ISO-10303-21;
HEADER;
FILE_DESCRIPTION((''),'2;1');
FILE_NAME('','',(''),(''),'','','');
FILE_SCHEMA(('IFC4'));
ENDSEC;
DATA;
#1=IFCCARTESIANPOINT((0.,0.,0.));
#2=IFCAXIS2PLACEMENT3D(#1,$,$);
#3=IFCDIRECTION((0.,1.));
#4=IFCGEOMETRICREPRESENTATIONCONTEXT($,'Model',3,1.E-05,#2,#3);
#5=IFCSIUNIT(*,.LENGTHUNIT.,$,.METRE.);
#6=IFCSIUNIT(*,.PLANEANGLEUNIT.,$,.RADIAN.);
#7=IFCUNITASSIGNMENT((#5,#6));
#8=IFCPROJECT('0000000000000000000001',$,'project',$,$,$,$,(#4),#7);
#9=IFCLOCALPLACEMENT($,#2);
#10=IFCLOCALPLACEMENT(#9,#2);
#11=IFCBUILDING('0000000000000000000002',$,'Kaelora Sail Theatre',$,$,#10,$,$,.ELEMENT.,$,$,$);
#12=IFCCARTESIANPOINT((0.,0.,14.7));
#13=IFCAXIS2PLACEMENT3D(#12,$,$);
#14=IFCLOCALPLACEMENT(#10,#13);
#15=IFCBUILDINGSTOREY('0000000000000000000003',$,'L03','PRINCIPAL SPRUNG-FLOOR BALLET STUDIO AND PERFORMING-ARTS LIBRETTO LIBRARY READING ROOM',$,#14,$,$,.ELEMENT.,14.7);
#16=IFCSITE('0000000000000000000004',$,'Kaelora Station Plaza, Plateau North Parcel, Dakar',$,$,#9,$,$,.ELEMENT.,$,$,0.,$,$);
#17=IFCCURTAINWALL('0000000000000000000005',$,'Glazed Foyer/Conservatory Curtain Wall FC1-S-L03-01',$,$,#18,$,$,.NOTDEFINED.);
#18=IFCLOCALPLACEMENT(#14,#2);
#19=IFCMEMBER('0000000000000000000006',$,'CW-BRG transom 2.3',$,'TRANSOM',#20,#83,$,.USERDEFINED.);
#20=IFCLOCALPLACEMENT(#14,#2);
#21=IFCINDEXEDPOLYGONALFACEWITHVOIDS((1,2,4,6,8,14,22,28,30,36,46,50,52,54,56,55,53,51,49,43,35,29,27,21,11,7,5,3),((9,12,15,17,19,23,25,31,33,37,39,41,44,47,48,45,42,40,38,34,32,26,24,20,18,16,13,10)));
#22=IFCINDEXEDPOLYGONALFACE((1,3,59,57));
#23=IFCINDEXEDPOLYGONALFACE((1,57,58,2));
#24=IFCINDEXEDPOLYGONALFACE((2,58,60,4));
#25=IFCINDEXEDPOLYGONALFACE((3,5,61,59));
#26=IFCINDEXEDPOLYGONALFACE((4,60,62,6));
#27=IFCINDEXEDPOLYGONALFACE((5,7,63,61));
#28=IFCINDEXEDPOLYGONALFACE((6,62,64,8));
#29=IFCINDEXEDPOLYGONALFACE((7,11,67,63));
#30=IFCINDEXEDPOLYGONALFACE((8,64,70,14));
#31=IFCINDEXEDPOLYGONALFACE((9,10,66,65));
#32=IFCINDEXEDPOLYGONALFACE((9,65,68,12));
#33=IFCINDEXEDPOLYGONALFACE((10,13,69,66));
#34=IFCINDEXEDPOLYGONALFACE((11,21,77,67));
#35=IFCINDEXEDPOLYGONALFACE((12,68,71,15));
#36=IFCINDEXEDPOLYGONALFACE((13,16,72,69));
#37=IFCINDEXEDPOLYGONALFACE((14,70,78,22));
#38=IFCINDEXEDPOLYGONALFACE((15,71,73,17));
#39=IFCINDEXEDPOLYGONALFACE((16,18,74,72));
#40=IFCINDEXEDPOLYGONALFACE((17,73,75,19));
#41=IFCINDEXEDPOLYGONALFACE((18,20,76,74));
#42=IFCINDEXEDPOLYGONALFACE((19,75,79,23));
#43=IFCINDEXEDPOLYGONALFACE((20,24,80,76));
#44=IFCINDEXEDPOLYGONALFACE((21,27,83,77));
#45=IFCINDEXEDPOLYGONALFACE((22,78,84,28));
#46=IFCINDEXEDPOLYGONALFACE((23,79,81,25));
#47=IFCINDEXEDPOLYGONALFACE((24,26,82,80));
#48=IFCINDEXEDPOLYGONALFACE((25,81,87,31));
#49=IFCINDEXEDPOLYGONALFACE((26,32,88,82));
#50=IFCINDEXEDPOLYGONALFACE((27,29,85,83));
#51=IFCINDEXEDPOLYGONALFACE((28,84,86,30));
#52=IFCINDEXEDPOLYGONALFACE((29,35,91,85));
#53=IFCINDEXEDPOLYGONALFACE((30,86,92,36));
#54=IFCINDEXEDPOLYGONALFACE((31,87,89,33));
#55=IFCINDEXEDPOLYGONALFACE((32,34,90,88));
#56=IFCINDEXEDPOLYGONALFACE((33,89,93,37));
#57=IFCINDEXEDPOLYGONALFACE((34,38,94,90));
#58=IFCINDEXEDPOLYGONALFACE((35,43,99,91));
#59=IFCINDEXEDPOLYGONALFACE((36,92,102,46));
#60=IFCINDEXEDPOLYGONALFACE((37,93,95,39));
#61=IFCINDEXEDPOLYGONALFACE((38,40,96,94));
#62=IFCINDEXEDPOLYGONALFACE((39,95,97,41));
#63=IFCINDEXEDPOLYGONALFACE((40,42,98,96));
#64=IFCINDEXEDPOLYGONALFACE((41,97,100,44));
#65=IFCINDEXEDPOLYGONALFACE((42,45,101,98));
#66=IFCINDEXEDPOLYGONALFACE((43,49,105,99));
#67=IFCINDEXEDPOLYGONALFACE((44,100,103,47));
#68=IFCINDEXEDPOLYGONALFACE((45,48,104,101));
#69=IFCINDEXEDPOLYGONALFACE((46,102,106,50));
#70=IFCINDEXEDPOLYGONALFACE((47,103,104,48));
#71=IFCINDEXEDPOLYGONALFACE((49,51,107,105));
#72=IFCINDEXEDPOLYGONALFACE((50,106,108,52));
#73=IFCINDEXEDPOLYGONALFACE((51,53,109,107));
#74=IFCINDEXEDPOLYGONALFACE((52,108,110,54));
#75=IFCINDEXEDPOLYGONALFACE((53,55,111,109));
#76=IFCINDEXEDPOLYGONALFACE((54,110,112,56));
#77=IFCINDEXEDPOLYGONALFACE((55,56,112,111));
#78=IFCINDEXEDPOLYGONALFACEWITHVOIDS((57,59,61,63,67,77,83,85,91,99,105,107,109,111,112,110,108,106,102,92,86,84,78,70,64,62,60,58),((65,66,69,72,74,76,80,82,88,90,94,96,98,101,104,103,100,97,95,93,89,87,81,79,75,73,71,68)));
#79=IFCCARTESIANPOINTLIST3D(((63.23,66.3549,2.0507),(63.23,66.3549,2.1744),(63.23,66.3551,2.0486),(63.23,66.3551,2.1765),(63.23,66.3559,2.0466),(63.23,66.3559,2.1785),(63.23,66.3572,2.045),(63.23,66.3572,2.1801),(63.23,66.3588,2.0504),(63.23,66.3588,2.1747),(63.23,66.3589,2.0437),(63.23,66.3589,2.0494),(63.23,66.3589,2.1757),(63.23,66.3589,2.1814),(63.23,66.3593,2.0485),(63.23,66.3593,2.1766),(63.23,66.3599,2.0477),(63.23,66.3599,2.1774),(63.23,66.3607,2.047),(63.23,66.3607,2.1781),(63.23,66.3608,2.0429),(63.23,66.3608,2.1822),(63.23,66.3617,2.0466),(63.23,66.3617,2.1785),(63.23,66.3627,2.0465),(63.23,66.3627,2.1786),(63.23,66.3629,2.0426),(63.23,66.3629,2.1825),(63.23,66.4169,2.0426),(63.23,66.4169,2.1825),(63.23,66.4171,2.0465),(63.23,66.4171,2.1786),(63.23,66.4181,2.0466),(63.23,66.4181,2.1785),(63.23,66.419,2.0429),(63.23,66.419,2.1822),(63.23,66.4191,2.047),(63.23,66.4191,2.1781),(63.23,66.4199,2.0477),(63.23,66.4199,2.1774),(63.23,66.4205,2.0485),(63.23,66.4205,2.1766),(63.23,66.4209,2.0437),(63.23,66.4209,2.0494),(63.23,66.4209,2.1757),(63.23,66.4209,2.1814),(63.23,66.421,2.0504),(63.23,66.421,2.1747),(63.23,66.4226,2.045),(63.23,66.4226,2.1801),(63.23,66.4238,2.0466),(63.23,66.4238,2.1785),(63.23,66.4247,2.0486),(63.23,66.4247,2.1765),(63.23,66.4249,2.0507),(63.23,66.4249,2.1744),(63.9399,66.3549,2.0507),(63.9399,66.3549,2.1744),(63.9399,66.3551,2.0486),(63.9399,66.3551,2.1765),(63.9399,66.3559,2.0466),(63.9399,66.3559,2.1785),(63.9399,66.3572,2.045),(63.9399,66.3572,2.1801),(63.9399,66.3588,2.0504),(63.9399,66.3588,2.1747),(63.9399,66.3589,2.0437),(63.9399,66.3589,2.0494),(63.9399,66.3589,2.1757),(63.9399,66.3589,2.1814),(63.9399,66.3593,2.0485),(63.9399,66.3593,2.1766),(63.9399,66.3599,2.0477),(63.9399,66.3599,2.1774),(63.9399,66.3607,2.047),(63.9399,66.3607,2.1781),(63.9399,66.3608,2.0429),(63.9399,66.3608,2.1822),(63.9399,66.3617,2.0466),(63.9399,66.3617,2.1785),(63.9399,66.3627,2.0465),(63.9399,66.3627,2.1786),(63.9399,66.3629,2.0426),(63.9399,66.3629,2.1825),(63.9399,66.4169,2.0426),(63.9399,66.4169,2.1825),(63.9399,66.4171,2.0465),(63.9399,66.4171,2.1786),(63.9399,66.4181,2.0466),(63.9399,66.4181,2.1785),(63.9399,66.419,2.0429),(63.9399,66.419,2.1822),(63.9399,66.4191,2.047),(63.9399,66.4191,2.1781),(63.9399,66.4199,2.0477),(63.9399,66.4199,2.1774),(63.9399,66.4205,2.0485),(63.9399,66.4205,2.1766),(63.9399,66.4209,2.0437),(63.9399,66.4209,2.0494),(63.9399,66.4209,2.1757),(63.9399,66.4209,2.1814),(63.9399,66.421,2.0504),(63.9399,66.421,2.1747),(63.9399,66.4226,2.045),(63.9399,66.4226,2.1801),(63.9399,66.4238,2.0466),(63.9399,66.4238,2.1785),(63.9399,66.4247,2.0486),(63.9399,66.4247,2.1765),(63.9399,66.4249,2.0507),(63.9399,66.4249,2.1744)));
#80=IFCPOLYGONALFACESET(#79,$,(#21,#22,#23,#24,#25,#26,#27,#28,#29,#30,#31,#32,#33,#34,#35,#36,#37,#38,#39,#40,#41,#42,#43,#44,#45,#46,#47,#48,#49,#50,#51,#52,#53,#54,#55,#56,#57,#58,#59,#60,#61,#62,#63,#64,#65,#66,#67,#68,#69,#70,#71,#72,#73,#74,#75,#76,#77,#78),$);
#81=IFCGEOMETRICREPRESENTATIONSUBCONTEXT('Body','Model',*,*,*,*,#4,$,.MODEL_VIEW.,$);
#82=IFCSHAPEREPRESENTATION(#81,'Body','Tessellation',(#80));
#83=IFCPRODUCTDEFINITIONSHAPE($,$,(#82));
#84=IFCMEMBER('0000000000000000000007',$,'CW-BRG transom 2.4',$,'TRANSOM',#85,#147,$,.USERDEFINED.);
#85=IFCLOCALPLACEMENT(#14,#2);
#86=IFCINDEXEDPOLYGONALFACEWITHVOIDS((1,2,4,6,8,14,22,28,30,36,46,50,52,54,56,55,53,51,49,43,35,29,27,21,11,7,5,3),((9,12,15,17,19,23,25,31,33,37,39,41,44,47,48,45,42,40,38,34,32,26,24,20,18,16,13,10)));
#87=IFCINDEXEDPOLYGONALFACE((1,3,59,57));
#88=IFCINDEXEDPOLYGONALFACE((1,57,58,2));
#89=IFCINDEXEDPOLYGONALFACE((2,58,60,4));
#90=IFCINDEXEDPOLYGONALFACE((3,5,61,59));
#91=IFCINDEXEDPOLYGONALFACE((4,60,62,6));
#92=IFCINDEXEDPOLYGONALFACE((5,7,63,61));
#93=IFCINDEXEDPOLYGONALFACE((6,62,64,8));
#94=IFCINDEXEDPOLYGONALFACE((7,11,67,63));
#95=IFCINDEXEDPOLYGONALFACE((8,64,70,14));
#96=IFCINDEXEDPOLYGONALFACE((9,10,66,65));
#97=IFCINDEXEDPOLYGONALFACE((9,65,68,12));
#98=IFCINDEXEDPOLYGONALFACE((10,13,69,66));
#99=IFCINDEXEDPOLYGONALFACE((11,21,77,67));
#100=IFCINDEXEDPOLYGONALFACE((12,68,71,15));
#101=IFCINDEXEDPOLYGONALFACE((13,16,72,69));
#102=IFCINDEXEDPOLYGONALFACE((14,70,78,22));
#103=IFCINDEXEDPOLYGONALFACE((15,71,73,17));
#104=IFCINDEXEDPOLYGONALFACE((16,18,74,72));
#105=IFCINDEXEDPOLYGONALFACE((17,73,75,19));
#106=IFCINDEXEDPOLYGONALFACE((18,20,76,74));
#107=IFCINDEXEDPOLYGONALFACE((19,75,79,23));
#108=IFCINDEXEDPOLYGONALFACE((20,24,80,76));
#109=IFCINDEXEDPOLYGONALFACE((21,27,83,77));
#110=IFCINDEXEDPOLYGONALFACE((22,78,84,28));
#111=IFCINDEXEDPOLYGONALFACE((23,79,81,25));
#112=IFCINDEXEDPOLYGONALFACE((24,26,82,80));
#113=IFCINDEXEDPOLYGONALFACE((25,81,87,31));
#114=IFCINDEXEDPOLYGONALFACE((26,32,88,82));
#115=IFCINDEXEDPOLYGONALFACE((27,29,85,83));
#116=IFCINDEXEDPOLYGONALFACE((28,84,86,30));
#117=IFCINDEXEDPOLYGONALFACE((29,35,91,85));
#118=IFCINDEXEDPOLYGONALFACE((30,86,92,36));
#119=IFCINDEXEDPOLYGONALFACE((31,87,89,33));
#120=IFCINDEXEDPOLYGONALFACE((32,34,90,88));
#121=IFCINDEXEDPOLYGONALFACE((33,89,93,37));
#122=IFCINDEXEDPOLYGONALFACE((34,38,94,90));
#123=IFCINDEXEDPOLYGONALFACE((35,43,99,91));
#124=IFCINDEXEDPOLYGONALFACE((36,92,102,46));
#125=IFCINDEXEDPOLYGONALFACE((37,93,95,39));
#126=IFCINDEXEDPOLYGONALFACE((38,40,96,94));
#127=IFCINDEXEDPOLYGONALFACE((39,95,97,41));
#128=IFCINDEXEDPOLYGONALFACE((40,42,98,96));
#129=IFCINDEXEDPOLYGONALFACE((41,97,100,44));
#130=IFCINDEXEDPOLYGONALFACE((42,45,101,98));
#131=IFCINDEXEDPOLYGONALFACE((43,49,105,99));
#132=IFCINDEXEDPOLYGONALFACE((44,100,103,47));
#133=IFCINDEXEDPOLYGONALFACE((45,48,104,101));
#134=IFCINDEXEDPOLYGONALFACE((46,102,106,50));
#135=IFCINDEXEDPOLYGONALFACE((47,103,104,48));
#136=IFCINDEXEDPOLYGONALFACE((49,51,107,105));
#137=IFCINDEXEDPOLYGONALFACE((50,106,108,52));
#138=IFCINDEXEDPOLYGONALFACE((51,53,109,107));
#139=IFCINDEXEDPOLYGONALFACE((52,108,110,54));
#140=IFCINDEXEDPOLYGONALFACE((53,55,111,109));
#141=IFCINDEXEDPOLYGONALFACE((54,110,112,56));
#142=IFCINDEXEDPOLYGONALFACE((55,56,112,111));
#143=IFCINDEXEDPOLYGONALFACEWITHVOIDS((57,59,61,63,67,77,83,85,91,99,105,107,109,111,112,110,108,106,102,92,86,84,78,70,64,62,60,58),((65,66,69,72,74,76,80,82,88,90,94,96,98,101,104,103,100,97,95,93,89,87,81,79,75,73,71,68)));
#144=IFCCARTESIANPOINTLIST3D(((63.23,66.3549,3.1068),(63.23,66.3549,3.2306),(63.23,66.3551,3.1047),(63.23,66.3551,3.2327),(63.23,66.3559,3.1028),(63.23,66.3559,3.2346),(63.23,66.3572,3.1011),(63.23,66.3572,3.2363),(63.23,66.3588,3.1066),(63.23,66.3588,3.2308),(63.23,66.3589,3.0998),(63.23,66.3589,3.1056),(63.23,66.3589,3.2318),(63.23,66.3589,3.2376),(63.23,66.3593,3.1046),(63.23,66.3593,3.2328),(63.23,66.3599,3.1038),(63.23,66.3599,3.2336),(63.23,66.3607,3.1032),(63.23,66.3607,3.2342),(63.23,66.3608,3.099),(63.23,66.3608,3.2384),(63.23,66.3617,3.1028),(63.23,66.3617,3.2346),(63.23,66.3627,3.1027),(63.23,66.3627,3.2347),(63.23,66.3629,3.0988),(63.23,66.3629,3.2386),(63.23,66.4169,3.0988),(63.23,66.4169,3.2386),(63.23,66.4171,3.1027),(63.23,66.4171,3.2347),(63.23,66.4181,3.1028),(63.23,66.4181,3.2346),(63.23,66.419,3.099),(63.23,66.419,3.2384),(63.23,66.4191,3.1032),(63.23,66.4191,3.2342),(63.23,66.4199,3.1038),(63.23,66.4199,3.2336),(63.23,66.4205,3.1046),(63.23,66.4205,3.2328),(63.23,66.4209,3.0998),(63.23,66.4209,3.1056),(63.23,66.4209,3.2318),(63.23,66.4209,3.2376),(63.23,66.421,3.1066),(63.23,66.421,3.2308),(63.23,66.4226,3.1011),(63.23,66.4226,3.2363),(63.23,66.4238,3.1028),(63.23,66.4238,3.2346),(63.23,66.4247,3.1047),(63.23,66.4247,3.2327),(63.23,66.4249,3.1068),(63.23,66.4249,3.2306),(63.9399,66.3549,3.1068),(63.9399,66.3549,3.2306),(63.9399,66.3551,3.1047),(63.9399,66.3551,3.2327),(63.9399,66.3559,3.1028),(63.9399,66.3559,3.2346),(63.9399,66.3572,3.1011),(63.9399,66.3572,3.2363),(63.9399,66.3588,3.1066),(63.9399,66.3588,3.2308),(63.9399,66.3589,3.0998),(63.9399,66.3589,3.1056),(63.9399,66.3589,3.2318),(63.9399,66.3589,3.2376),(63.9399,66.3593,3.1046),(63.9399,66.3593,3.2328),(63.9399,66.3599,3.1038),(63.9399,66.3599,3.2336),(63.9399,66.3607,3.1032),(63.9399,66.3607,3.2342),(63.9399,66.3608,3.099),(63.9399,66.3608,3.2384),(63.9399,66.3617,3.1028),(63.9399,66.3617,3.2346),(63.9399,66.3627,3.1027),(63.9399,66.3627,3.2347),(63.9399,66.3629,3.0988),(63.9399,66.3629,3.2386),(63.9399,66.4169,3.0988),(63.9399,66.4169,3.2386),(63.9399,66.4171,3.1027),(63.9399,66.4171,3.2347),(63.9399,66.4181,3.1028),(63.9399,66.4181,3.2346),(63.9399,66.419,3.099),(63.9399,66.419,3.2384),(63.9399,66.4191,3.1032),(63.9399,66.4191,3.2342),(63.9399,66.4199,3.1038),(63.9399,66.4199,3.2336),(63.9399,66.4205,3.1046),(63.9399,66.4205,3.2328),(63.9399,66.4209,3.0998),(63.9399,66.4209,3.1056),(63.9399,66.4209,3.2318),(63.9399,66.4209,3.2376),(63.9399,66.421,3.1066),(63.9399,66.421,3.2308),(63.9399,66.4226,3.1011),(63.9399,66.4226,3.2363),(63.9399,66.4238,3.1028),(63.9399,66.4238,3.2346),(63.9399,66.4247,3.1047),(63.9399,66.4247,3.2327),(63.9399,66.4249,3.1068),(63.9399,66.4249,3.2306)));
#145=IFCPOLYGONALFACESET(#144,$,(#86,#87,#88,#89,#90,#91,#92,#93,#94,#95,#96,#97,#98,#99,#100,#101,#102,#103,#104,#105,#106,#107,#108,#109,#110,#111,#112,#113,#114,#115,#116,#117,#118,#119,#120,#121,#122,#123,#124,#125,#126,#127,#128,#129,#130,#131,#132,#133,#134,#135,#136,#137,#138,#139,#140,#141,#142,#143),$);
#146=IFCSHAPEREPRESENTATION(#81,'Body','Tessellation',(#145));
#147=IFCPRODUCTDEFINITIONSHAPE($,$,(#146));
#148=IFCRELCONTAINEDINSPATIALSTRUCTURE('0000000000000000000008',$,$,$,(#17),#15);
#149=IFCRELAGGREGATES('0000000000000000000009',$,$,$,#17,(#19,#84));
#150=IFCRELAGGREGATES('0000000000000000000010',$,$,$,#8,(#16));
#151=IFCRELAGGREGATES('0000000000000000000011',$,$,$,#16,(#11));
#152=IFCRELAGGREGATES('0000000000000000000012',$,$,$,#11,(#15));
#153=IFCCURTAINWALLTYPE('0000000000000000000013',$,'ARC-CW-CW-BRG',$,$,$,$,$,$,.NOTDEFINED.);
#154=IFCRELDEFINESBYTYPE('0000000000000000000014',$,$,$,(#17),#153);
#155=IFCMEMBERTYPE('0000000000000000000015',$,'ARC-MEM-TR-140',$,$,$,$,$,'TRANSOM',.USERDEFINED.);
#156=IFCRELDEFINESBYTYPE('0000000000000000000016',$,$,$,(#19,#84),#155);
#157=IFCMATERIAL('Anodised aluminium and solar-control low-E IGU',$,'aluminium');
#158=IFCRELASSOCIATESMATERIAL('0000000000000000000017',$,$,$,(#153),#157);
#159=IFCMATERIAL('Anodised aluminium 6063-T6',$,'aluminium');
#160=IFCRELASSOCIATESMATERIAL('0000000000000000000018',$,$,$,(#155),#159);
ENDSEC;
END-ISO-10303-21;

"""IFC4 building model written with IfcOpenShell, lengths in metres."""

from ifc_helpers import new_model, si_unit, direction, frame, origin, origin_2d, place, context, subcontext, project, spatial, hollow_rectangle, extrude, material, material_profile, profile_set, type_object, element, aggregate, save


model = new_model("IFC4")

# Units and contexts
model_context = context("Model", 3, precision=1e-05, world=origin(), true_north=direction((0.0, 1.0)))
body_context = subcontext(model_context, "Body", "Model", "MODEL_VIEW")
ifc_project = project(units=[si_unit("LENGTHUNIT", "METRE"), si_unit("PLANEANGLEUNIT", "RADIAN")], contexts=[model_context])

# Site, building, storey
site_placement = place(None, origin())
site = spatial("IfcSite", under=ifc_project, at=site_placement, Name="Kaelora Station Plaza, Plateau North Parcel, Dakar", CompositionType="ELEMENT", RefElevation=0.0)
building_placement = place(site_placement, origin())
building = spatial("IfcBuilding", under=site, at=building_placement, Name="Kaelora Sail Theatre", CompositionType="ELEMENT")
storey_placement = place(building_placement, frame((0.0, 0.0, 14.7)))
storey = spatial("IfcBuildingStorey", under=building, at=storey_placement, Name="L03", Description="PRINCIPAL SPRUNG-FLOOR BALLET STUDIO AND PERFORMING-ARTS LIBRETTO LIBRARY READING ROOM", CompositionType="ELEMENT", Elevation=14.7)

# Curtain wall
ifc_material_1 = material(Name="Anodised aluminium and solar-control low-E IGU", Category="aluminium")
curtain_wall_type = type_object("IfcCurtainWallType", Name="ARC-CW-CW-BRG", PredefinedType="NOTDEFINED", material=ifc_material_1)
curtain_wall_1_placement = place(storey_placement, origin())
curtain_wall_1 = element("IfcCurtainWall", 1, at=curtain_wall_1_placement, inside=storey, type_object=curtain_wall_type, Name="Glazed Foyer/Conservatory Curtain Wall FC1-S-L03-01", PredefinedType="NOTDEFINED")

# Members
ifc_material_2 = material(Name="Anodised aluminium 6063-T6", Category="aluminium")
ifc_material_profile_1 = material_profile(ifc_material_2, hollow_rectangle(XDim=0.0701, YDim=0.1399, WallThickness=0.0039, InnerFilletRadius=0.0039, OuterFilletRadius=0.0081, at=origin_2d()), Name="ALU-TRAN 70x140x4")
ifc_profile_set_1 = profile_set([ifc_material_profile_1], Name="Anodised aluminium 6063-T6")
member_type_1 = type_object("IfcMemberType", Name="ARC-MEM-TR-140", ElementType="TRANSOM", PredefinedType="USERDEFINED", material=ifc_profile_set_1)
member_1_placement = place(storey_placement, frame((63.23, 66.3899, 2.1125), z_axis=(1.0, 0.0, 0.0), x_axis=(0.0, 1.0, 0.0)))
member_1 = element("IfcMember", 2, at=member_1_placement, type_object=member_type_1, Name="CW-BRG transom 2.3", ObjectType="TRANSOM", PredefinedType="USERDEFINED", context=body_context, shape_type="SweptSolid", body=[
    extrude(hollow_rectangle(XDim=0.0701, YDim=0.1399, WallThickness=0.0039, InnerFilletRadius=0.0039, OuterFilletRadius=0.0081, at=origin_2d()), origin(), (0.0, 0.0, 1.0), 0.71),
])
member_2_placement = place(storey_placement, frame((63.23, 66.3899, 3.1687), z_axis=(1.0, 0.0, 0.0), x_axis=(0.0, 1.0, 0.0)))
member_2 = element("IfcMember", 3, at=member_2_placement, type_object=member_type_1, Name="CW-BRG transom 2.4", ObjectType="TRANSOM", PredefinedType="USERDEFINED", context=body_context, shape_type="SweptSolid", body=[
    extrude(hollow_rectangle(XDim=0.0701, YDim=0.1399, WallThickness=0.0039, InnerFilletRadius=0.0039, OuterFilletRadius=0.0081, at=origin_2d()), origin(), (0.0, 0.0, 1.0), 0.71),
])

aggregate(curtain_wall_1, [member_1, member_2])

save(model, "model.ifc")
